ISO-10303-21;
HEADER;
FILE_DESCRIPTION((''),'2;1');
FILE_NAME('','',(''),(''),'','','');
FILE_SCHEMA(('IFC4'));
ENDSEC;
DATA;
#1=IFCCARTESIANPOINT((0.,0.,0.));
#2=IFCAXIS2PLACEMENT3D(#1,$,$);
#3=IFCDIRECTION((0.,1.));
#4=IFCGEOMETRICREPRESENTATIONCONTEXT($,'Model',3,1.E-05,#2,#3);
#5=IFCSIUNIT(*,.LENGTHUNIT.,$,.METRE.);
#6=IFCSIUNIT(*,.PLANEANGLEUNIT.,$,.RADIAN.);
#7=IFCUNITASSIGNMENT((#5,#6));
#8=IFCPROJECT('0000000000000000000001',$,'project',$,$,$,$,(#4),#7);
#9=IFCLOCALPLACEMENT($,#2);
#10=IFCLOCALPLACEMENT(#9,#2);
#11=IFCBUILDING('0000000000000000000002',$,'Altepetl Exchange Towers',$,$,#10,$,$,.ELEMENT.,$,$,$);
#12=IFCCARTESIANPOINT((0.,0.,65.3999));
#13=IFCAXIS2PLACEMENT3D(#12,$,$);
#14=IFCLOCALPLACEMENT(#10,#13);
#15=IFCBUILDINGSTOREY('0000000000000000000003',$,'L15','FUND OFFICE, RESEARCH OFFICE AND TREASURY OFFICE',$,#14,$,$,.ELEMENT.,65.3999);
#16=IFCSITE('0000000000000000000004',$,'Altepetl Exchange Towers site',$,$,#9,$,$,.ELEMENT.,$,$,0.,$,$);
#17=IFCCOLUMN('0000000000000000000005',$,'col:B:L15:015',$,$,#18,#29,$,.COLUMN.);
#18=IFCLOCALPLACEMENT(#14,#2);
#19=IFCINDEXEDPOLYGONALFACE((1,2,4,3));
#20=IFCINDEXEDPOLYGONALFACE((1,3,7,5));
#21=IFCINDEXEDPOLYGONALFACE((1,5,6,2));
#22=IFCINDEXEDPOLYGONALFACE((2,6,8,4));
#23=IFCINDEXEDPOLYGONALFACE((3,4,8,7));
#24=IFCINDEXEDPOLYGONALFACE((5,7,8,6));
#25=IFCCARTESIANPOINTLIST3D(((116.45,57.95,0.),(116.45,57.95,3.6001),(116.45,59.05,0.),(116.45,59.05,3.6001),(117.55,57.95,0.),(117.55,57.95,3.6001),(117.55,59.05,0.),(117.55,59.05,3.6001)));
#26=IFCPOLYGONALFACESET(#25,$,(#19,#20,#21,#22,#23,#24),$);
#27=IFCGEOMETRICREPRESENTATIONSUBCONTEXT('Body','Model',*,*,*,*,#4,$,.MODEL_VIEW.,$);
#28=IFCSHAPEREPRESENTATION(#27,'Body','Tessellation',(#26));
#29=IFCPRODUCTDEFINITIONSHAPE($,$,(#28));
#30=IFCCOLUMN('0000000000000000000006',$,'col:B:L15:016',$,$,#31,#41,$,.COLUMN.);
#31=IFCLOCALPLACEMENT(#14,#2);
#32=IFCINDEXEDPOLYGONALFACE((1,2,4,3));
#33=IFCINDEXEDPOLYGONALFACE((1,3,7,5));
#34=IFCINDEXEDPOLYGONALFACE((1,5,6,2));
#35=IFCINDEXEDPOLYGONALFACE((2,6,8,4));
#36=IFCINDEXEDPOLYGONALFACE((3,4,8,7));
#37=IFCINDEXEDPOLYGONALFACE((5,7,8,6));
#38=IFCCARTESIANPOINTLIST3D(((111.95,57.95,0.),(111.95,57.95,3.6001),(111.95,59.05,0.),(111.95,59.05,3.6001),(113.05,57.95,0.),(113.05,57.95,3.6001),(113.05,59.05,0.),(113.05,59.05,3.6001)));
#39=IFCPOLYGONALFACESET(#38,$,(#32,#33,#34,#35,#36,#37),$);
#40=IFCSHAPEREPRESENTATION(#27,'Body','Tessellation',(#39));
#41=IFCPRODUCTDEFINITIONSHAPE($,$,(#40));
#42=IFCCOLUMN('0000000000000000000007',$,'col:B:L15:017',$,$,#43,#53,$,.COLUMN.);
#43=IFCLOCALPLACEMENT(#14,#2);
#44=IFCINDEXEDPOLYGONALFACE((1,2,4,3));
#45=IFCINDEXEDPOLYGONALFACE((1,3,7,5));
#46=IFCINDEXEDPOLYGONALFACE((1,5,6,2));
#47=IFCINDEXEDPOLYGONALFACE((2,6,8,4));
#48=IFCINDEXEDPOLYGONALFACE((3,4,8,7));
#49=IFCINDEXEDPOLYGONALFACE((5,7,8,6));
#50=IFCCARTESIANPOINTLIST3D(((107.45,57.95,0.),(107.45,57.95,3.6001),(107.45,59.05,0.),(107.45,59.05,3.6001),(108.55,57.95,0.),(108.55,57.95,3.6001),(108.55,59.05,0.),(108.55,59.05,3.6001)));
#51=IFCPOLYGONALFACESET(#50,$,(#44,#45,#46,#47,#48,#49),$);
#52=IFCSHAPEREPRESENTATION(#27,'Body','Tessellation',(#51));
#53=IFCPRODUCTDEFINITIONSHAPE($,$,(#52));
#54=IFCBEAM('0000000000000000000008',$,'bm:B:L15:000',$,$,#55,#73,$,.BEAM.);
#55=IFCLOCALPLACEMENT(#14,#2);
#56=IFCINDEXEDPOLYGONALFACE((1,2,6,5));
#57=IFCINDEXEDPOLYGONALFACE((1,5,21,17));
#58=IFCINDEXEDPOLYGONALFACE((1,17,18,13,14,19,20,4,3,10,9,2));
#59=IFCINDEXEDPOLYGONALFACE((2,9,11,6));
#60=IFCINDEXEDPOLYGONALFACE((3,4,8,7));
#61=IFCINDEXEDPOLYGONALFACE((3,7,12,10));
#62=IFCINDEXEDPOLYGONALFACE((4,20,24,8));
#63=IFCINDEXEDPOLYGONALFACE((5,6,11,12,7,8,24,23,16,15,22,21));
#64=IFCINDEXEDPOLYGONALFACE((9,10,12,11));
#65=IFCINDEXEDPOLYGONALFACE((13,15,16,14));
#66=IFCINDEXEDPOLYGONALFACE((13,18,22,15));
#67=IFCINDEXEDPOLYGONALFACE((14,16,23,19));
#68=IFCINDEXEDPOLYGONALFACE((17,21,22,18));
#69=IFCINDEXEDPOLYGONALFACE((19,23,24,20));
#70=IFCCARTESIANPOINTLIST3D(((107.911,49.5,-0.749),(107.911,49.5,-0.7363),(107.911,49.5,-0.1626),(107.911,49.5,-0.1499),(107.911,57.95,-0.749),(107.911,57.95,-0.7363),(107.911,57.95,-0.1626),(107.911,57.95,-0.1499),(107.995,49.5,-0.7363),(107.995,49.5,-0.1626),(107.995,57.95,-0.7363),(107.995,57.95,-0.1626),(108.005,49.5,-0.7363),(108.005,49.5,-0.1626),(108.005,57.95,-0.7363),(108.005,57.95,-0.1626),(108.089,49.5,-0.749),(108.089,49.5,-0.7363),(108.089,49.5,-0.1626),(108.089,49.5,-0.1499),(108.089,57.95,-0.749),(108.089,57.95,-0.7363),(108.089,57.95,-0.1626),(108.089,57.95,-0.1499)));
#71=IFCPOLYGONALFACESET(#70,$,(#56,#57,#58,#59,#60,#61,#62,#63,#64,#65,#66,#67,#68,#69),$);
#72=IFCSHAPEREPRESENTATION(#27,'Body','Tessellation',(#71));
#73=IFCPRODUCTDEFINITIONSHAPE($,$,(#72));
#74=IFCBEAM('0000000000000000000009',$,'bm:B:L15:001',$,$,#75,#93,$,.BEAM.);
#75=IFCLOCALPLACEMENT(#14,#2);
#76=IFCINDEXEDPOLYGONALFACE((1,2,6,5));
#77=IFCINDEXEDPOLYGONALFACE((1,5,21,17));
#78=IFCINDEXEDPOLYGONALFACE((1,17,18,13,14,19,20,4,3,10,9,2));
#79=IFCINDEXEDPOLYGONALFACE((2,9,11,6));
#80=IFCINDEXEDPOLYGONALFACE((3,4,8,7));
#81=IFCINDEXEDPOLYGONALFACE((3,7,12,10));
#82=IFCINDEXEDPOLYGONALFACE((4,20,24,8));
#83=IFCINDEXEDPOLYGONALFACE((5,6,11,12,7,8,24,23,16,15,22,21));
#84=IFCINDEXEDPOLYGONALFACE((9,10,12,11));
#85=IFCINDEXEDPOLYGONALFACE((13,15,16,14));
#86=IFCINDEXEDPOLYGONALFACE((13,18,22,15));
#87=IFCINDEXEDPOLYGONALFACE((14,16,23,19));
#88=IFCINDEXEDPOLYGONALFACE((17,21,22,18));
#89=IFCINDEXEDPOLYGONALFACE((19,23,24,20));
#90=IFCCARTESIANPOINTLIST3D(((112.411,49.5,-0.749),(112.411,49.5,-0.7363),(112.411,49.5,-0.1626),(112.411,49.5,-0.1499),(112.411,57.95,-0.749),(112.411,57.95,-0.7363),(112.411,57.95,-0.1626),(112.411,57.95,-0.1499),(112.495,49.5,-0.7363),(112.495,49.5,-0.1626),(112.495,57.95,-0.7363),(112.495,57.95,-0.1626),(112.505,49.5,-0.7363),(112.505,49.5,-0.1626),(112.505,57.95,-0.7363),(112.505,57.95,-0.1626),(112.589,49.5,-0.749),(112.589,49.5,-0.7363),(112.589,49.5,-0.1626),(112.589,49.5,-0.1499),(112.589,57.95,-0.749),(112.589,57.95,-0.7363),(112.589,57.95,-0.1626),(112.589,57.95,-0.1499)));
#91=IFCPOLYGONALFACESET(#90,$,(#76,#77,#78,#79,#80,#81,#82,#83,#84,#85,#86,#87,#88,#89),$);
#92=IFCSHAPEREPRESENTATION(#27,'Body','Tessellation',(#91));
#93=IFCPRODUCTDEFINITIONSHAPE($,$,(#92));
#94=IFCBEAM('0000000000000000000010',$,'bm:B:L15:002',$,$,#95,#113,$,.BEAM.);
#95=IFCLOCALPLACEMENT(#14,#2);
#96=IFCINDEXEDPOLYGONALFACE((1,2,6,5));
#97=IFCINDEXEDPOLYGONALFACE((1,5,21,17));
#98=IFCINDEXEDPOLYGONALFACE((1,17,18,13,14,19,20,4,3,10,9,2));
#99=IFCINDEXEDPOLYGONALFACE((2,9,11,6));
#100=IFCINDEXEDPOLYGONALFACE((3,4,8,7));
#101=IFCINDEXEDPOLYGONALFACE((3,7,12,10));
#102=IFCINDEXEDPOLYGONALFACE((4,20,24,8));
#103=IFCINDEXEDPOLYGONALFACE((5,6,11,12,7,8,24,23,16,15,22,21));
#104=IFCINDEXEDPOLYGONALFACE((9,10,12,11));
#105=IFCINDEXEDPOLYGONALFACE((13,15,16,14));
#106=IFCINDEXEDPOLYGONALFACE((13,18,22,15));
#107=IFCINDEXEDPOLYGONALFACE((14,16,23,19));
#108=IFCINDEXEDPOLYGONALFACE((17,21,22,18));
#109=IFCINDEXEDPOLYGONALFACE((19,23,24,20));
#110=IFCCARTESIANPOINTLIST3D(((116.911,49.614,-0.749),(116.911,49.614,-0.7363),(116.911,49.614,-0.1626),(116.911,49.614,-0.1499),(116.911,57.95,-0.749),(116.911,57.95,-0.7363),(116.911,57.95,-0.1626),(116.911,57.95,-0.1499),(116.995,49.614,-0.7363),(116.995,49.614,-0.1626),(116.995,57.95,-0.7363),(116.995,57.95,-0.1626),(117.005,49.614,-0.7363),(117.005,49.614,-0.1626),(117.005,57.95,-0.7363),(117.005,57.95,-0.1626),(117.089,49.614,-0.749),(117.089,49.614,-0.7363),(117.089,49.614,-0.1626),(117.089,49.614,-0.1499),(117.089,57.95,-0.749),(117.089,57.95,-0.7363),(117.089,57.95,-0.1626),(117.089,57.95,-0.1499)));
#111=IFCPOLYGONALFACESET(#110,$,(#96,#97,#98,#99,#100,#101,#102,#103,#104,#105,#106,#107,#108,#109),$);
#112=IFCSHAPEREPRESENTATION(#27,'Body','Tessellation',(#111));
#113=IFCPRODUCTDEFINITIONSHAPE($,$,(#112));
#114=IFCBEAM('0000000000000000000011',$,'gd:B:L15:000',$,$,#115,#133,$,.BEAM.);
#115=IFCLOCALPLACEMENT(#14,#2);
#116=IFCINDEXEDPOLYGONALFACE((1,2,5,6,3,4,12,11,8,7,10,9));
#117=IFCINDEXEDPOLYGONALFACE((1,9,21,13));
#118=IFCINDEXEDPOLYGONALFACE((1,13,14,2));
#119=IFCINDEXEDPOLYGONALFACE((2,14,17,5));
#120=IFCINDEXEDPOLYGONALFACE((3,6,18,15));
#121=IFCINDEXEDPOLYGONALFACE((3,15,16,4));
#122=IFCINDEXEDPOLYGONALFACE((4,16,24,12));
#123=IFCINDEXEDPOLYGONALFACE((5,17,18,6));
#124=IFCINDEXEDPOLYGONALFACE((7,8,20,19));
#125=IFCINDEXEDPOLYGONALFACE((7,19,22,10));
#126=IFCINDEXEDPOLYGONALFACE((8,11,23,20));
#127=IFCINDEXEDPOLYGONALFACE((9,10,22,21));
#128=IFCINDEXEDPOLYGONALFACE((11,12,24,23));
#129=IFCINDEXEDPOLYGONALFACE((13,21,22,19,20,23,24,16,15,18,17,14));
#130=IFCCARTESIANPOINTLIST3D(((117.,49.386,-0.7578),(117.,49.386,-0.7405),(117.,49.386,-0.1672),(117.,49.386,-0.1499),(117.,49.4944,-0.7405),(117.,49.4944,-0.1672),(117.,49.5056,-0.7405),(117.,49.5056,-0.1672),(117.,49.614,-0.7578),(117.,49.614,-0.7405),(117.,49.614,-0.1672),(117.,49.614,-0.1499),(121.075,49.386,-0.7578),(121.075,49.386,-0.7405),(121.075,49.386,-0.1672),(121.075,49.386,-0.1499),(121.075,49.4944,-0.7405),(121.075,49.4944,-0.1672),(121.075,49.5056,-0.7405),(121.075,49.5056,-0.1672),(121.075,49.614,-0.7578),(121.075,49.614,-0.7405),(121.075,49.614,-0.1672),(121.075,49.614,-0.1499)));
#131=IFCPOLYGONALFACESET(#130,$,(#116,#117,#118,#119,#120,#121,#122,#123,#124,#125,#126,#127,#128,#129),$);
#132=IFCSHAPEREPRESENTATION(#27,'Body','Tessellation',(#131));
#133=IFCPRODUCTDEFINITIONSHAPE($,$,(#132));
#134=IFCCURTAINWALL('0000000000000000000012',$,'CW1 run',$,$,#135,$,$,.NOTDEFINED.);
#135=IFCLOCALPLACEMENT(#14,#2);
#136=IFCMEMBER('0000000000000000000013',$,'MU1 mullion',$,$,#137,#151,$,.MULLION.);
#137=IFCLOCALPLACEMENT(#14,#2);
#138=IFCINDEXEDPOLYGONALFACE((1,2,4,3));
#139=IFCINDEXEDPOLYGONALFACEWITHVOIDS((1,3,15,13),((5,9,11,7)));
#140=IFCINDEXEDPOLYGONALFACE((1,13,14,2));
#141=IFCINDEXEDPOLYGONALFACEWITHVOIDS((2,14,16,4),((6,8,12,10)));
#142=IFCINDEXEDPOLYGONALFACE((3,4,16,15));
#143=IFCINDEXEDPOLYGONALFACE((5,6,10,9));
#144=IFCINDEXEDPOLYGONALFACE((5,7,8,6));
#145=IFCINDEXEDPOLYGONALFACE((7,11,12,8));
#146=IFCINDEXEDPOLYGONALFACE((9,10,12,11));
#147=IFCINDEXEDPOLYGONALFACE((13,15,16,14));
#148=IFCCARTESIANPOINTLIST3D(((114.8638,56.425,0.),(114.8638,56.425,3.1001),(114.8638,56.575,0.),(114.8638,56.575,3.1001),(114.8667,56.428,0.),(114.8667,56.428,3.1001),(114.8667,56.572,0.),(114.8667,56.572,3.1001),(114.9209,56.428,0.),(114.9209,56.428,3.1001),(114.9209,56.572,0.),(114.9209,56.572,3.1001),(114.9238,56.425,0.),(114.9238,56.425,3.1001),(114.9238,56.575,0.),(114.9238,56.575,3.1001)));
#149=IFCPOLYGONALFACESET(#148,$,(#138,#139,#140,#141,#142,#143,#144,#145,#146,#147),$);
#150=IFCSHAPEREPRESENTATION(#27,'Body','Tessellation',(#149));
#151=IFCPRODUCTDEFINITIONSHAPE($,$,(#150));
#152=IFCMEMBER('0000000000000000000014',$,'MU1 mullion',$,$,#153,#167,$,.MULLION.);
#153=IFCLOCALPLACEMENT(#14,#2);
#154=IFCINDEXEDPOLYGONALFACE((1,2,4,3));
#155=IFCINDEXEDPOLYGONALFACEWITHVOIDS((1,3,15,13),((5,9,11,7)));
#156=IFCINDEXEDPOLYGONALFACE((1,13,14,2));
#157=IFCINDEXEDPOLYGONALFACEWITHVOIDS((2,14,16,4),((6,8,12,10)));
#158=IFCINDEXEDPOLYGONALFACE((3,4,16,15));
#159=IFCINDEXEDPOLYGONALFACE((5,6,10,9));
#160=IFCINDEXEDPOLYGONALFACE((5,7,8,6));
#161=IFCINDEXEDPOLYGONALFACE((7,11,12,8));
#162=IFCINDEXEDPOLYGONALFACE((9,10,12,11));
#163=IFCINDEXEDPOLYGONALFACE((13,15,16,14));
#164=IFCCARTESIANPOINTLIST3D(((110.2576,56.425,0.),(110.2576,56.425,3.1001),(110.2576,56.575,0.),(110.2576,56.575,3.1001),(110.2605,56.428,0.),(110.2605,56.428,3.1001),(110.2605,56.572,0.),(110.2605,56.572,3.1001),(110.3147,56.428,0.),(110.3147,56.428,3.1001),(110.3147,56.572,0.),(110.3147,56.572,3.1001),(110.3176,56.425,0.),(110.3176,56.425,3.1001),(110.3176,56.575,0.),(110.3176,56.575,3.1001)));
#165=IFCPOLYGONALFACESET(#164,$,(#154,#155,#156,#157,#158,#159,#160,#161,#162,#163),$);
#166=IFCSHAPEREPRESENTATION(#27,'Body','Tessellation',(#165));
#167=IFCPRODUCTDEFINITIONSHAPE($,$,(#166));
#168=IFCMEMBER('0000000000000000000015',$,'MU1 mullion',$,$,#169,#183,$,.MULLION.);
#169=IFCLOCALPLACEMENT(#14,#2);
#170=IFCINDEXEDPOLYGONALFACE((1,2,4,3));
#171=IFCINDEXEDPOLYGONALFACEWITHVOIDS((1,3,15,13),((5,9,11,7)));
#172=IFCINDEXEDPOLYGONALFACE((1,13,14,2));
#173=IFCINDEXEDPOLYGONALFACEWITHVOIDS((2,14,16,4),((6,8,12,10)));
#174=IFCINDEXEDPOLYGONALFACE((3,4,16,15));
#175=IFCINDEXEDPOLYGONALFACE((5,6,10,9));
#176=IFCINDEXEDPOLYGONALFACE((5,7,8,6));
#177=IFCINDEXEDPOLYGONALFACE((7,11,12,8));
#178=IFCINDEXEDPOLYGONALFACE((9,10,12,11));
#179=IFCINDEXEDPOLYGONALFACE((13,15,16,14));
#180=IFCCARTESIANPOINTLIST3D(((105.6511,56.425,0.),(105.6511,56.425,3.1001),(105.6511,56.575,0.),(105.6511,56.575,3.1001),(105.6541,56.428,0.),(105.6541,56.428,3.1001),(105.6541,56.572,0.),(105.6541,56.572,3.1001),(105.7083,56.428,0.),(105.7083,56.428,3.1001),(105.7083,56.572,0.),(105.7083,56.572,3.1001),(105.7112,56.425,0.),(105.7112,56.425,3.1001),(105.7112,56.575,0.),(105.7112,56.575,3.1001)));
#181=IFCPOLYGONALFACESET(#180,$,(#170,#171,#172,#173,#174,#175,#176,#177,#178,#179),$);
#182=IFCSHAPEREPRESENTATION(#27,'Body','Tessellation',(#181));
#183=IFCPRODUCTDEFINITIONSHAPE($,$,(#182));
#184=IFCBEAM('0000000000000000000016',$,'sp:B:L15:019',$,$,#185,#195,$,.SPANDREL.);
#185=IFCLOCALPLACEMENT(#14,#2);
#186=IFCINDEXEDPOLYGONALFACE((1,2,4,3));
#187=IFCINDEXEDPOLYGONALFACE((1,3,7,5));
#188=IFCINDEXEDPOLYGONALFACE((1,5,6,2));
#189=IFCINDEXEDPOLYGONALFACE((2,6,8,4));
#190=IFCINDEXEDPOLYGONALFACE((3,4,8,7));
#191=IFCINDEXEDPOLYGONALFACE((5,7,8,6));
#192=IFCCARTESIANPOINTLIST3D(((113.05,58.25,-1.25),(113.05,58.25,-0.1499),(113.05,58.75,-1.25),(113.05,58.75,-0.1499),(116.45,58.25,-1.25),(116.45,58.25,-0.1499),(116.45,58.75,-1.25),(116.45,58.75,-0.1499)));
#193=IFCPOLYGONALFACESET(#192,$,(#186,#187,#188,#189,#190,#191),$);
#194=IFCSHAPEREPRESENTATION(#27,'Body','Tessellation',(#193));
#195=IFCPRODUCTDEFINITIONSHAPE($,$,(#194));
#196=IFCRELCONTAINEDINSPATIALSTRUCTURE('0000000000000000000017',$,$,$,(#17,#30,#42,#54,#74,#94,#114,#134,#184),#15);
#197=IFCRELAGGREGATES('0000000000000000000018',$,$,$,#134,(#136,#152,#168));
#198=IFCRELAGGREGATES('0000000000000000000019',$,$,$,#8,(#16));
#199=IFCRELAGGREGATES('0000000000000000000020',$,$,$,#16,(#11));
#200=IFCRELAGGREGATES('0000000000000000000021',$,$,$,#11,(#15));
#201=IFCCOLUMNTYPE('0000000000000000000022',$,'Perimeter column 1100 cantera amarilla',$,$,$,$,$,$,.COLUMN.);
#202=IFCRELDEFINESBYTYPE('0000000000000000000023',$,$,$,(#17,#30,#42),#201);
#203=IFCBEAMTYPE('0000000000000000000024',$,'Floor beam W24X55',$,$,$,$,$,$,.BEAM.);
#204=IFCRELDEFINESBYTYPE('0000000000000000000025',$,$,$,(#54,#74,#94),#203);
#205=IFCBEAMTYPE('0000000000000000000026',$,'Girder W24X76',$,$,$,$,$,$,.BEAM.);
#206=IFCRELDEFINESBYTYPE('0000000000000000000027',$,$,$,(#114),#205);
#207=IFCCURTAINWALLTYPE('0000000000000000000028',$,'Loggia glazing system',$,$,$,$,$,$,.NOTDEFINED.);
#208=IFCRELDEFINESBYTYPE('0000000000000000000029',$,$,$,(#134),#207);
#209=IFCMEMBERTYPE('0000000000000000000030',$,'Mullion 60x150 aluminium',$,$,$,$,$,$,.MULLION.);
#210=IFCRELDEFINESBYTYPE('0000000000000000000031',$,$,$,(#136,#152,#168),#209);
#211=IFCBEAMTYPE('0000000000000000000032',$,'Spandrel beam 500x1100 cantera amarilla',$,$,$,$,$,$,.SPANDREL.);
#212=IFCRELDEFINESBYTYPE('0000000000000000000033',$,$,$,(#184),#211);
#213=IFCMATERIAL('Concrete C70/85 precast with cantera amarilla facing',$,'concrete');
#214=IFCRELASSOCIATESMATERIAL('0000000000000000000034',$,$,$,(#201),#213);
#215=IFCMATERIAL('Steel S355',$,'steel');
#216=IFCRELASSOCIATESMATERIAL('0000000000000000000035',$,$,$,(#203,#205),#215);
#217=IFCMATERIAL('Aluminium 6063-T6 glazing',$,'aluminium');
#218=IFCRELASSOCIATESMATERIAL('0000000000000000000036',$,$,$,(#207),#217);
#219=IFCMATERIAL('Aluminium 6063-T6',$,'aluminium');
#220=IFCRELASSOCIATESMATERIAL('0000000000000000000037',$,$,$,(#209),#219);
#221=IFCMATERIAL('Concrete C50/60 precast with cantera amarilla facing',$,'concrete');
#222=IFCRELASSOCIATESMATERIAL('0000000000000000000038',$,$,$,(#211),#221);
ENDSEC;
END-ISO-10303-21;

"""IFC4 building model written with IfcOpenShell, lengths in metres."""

from ifc_helpers import new_model, si_unit, direction, frame, origin, origin_2d, place, context, subcontext, project, spatial, rectangle, hollow_rectangle, i_section, extrude, material, material_profile, profile_set, type_object, element, aggregate, save


model = new_model("IFC4")

# Units and contexts
model_context = context("Model", 3, precision=1e-05, world=origin(), true_north=direction((0.0, 1.0)))
body_context = subcontext(model_context, "Body", "Model", "MODEL_VIEW")
ifc_project = project(units=[si_unit("LENGTHUNIT", "METRE"), si_unit("PLANEANGLEUNIT", "RADIAN")], contexts=[model_context])

# Site, building, storey
site_placement = place(None, origin())
site = spatial("IfcSite", under=ifc_project, at=site_placement, Name="Altepetl Exchange Towers site", CompositionType="ELEMENT", RefElevation=0.0)
building_placement = place(site_placement, origin())
building = spatial("IfcBuilding", under=site, at=building_placement, Name="Altepetl Exchange Towers", CompositionType="ELEMENT")
storey_placement = place(building_placement, frame((0.0, 0.0, 65.3999)))
storey = spatial("IfcBuildingStorey", under=building, at=storey_placement, Name="L15", Description="FUND OFFICE, RESEARCH OFFICE AND TREASURY OFFICE", CompositionType="ELEMENT", Elevation=65.3999)

# Columns
ifc_material_1 = material(Name="Concrete C70/85 precast with cantera amarilla facing", Category="concrete")
ifc_material_profile_1 = material_profile(ifc_material_1, rectangle(XDim=1.1001, YDim=1.1001, at=origin_2d()), Name="1100 x 1100")
ifc_profile_set_1 = profile_set([ifc_material_profile_1], Name="Concrete C70/85 precast with cantera amarilla facing")
column_type = type_object("IfcColumnType", Name="Perimeter column 1100 cantera amarilla", PredefinedType="COLUMN", material=ifc_profile_set_1)
for number, where, name in (
    (1, (117.0, 58.5, 0.0), "col:B:L15:015"),
    (2, (112.5, 58.5, 0.0), "col:B:L15:016"),
    (3, (108.0, 58.5, 0.0), "col:B:L15:017"),
):
    element("IfcColumn", number, at=place(storey_placement, frame(where)), inside=storey, type_object=column_type, Name=name, PredefinedType="COLUMN", context=body_context, shape_type="SweptSolid", body=[
        extrude(rectangle(XDim=1.1001, YDim=1.1001, at=origin_2d()), origin(), (0.0, 0.0, 1.0), 3.6001),
    ])

# Beams
ifc_material_2 = material(Name="Steel S355", Category="steel")
ifc_material_profile_2 = material_profile(ifc_material_2, i_section(OverallWidth=0.178, OverallDepth=0.5991, WebThickness=0.01, FlangeThickness=0.0127, at=origin_2d()), Name="W24X55")
ifc_profile_set_2 = profile_set([ifc_material_profile_2], Name="Steel S355")
beam_type_1 = type_object("IfcBeamType", Name="Floor beam W24X55", PredefinedType="BEAM", material=ifc_profile_set_2)
for number, where, z_axis, x_axis, name in (
    (4, (108.0, 49.5, -0.4495), (0.0, 1.0, 0.0), (-1.0, 0.0, 0.0), "bm:B:L15:000"),
    (5, (112.5, 49.5, -0.4495), (0.0, 1.0, 0.0), (-1.0, 0.0, 0.0), "bm:B:L15:001"),
):
    element("IfcBeam", number, at=place(storey_placement, frame(where, z_axis=z_axis, x_axis=x_axis)), inside=storey, type_object=beam_type_1, Name=name, PredefinedType="BEAM", context=body_context, shape_type="SweptSolid", body=[
        extrude(i_section(OverallWidth=0.178, OverallDepth=0.5991, WebThickness=0.01, FlangeThickness=0.0127, at=origin_2d()), origin(), (0.0, 0.0, 1.0), 8.45),
    ])
beam_1_placement = place(storey_placement, frame((117.0, 49.614, -0.4495), z_axis=(0.0, 1.0, 0.0), x_axis=(-1.0, 0.0, 0.0)))
element("IfcBeam", 6, at=beam_1_placement, inside=storey, type_object=beam_type_1, Name="bm:B:L15:002", PredefinedType="BEAM", context=body_context, shape_type="SweptSolid", body=[
    extrude(i_section(OverallWidth=0.178, OverallDepth=0.5991, WebThickness=0.01, FlangeThickness=0.0127, at=origin_2d()), origin(), (0.0, 0.0, 1.0), 8.3359),
])
ifc_material_profile_3 = material_profile(ifc_material_2, i_section(OverallWidth=0.228, OverallDepth=0.6079, WebThickness=0.0112, FlangeThickness=0.0173, at=origin_2d()), Name="W24X76")
ifc_profile_set_3 = profile_set([ifc_material_profile_3], Name="Steel S355")
beam_type_2 = type_object("IfcBeamType", Name="Girder W24X76", PredefinedType="BEAM", material=ifc_profile_set_3)
beam_2_placement = place(storey_placement, frame((117.0, 49.5, -0.4539), z_axis=(1.0, 0.0, 0.0), x_axis=(0.0, 1.0, 0.0)))
element("IfcBeam", 7, at=beam_2_placement, inside=storey, type_object=beam_type_2, Name="gd:B:L15:000", PredefinedType="BEAM", context=body_context, shape_type="SweptSolid", body=[
    extrude(i_section(OverallWidth=0.228, OverallDepth=0.6079, WebThickness=0.0112, FlangeThickness=0.0173, at=origin_2d()), origin(), (0.0, 0.0, 1.0), 4.075),
])

# Curtain wall, members
ifc_material_3 = material(Name="Aluminium 6063-T6 glazing", Category="aluminium")
curtain_wall_type = type_object("IfcCurtainWallType", Name="Loggia glazing system", PredefinedType="NOTDEFINED", material=ifc_material_3)
curtain_wall_placement = place(storey_placement, origin())
curtain_wall = element("IfcCurtainWall", 8, at=curtain_wall_placement, inside=storey, type_object=curtain_wall_type, Name="CW1 run", PredefinedType="NOTDEFINED")
ifc_material_4 = material(Name="Aluminium 6063-T6", Category="aluminium")
ifc_material_profile_4 = material_profile(ifc_material_4, hollow_rectangle(XDim=0.0601, YDim=0.1499, WallThickness=0.0029, at=origin_2d()), Name="Mullion 60x150 aluminium")
ifc_profile_set_4 = profile_set([ifc_material_profile_4], Name="Aluminium 6063-T6")
member_type = type_object("IfcMemberType", Name="Mullion 60x150 aluminium", PredefinedType="MULLION", material=ifc_profile_set_4)
member_1_placement = place(storey_placement, frame((114.8938, 56.5, 0.0), z_axis=(0.0, 0.0, 1.0), x_axis=(-1.0, 0.0, 0.0)))
member_1 = element("IfcMember", 9, at=member_1_placement, type_object=member_type, Name="MU1 mullion", PredefinedType="MULLION", context=body_context, shape_type="SweptSolid", body=[
    extrude(hollow_rectangle(XDim=0.0601, YDim=0.1499, WallThickness=0.0029, at=origin_2d()), origin(), (0.0, 0.0, 1.0), 3.1001),
])
member_2_placement = place(storey_placement, frame((110.2876, 56.5, 0.0), z_axis=(0.0, 0.0, 1.0), x_axis=(-1.0, 0.0, 0.0)))
member_2 = element("IfcMember", 10, at=member_2_placement, type_object=member_type, Name="MU1 mullion", PredefinedType="MULLION", context=body_context, shape_type="SweptSolid", body=[
    extrude(hollow_rectangle(XDim=0.0601, YDim=0.1499, WallThickness=0.0029, at=origin_2d()), origin(), (0.0, 0.0, 1.0), 3.1001),
])
member_3_placement = place(storey_placement, frame((105.6812, 56.5, 0.0), z_axis=(0.0, 0.0, 1.0), x_axis=(-1.0, 0.0, 0.0)))
member_3 = element("IfcMember", 11, at=member_3_placement, type_object=member_type, Name="MU1 mullion", PredefinedType="MULLION", context=body_context, shape_type="SweptSolid", body=[
    extrude(hollow_rectangle(XDim=0.0601, YDim=0.1499, WallThickness=0.0029, at=origin_2d()), origin(), (0.0, 0.0, 1.0), 3.1001),
])

# Beam
ifc_material_5 = material(Name="Concrete C50/60 precast with cantera amarilla facing", Category="concrete")
ifc_material_profile_5 = material_profile(ifc_material_5, rectangle(XDim=0.5, YDim=1.1001, at=origin_2d()), Name="500 x 1100")
ifc_profile_set_5 = profile_set([ifc_material_profile_5], Name="Concrete C50/60 precast with cantera amarilla facing")
beam_type_3 = type_object("IfcBeamType", Name="Spandrel beam 500x1100 cantera amarilla", PredefinedType="SPANDREL", material=ifc_profile_set_5)
for number, where, z_axis, x_axis, name in (
    (12, (116.45, 58.5, -0.7), (-1.0, 0.0, 0.0), (0.0, -1.0, 0.0), "sp:B:L15:019"),
):
    element("IfcBeam", number, at=place(storey_placement, frame(where, z_axis=z_axis, x_axis=x_axis)), inside=storey, type_object=beam_type_3, Name=name, PredefinedType="SPANDREL", context=body_context, shape_type="SweptSolid", body=[
        extrude(rectangle(XDim=0.5, YDim=1.1001, at=origin_2d()), origin(), (0.0, 0.0, 1.0), 3.3999),
    ])

aggregate(curtain_wall, [member_1, member_2, member_3])

save(model, "model.ifc")
